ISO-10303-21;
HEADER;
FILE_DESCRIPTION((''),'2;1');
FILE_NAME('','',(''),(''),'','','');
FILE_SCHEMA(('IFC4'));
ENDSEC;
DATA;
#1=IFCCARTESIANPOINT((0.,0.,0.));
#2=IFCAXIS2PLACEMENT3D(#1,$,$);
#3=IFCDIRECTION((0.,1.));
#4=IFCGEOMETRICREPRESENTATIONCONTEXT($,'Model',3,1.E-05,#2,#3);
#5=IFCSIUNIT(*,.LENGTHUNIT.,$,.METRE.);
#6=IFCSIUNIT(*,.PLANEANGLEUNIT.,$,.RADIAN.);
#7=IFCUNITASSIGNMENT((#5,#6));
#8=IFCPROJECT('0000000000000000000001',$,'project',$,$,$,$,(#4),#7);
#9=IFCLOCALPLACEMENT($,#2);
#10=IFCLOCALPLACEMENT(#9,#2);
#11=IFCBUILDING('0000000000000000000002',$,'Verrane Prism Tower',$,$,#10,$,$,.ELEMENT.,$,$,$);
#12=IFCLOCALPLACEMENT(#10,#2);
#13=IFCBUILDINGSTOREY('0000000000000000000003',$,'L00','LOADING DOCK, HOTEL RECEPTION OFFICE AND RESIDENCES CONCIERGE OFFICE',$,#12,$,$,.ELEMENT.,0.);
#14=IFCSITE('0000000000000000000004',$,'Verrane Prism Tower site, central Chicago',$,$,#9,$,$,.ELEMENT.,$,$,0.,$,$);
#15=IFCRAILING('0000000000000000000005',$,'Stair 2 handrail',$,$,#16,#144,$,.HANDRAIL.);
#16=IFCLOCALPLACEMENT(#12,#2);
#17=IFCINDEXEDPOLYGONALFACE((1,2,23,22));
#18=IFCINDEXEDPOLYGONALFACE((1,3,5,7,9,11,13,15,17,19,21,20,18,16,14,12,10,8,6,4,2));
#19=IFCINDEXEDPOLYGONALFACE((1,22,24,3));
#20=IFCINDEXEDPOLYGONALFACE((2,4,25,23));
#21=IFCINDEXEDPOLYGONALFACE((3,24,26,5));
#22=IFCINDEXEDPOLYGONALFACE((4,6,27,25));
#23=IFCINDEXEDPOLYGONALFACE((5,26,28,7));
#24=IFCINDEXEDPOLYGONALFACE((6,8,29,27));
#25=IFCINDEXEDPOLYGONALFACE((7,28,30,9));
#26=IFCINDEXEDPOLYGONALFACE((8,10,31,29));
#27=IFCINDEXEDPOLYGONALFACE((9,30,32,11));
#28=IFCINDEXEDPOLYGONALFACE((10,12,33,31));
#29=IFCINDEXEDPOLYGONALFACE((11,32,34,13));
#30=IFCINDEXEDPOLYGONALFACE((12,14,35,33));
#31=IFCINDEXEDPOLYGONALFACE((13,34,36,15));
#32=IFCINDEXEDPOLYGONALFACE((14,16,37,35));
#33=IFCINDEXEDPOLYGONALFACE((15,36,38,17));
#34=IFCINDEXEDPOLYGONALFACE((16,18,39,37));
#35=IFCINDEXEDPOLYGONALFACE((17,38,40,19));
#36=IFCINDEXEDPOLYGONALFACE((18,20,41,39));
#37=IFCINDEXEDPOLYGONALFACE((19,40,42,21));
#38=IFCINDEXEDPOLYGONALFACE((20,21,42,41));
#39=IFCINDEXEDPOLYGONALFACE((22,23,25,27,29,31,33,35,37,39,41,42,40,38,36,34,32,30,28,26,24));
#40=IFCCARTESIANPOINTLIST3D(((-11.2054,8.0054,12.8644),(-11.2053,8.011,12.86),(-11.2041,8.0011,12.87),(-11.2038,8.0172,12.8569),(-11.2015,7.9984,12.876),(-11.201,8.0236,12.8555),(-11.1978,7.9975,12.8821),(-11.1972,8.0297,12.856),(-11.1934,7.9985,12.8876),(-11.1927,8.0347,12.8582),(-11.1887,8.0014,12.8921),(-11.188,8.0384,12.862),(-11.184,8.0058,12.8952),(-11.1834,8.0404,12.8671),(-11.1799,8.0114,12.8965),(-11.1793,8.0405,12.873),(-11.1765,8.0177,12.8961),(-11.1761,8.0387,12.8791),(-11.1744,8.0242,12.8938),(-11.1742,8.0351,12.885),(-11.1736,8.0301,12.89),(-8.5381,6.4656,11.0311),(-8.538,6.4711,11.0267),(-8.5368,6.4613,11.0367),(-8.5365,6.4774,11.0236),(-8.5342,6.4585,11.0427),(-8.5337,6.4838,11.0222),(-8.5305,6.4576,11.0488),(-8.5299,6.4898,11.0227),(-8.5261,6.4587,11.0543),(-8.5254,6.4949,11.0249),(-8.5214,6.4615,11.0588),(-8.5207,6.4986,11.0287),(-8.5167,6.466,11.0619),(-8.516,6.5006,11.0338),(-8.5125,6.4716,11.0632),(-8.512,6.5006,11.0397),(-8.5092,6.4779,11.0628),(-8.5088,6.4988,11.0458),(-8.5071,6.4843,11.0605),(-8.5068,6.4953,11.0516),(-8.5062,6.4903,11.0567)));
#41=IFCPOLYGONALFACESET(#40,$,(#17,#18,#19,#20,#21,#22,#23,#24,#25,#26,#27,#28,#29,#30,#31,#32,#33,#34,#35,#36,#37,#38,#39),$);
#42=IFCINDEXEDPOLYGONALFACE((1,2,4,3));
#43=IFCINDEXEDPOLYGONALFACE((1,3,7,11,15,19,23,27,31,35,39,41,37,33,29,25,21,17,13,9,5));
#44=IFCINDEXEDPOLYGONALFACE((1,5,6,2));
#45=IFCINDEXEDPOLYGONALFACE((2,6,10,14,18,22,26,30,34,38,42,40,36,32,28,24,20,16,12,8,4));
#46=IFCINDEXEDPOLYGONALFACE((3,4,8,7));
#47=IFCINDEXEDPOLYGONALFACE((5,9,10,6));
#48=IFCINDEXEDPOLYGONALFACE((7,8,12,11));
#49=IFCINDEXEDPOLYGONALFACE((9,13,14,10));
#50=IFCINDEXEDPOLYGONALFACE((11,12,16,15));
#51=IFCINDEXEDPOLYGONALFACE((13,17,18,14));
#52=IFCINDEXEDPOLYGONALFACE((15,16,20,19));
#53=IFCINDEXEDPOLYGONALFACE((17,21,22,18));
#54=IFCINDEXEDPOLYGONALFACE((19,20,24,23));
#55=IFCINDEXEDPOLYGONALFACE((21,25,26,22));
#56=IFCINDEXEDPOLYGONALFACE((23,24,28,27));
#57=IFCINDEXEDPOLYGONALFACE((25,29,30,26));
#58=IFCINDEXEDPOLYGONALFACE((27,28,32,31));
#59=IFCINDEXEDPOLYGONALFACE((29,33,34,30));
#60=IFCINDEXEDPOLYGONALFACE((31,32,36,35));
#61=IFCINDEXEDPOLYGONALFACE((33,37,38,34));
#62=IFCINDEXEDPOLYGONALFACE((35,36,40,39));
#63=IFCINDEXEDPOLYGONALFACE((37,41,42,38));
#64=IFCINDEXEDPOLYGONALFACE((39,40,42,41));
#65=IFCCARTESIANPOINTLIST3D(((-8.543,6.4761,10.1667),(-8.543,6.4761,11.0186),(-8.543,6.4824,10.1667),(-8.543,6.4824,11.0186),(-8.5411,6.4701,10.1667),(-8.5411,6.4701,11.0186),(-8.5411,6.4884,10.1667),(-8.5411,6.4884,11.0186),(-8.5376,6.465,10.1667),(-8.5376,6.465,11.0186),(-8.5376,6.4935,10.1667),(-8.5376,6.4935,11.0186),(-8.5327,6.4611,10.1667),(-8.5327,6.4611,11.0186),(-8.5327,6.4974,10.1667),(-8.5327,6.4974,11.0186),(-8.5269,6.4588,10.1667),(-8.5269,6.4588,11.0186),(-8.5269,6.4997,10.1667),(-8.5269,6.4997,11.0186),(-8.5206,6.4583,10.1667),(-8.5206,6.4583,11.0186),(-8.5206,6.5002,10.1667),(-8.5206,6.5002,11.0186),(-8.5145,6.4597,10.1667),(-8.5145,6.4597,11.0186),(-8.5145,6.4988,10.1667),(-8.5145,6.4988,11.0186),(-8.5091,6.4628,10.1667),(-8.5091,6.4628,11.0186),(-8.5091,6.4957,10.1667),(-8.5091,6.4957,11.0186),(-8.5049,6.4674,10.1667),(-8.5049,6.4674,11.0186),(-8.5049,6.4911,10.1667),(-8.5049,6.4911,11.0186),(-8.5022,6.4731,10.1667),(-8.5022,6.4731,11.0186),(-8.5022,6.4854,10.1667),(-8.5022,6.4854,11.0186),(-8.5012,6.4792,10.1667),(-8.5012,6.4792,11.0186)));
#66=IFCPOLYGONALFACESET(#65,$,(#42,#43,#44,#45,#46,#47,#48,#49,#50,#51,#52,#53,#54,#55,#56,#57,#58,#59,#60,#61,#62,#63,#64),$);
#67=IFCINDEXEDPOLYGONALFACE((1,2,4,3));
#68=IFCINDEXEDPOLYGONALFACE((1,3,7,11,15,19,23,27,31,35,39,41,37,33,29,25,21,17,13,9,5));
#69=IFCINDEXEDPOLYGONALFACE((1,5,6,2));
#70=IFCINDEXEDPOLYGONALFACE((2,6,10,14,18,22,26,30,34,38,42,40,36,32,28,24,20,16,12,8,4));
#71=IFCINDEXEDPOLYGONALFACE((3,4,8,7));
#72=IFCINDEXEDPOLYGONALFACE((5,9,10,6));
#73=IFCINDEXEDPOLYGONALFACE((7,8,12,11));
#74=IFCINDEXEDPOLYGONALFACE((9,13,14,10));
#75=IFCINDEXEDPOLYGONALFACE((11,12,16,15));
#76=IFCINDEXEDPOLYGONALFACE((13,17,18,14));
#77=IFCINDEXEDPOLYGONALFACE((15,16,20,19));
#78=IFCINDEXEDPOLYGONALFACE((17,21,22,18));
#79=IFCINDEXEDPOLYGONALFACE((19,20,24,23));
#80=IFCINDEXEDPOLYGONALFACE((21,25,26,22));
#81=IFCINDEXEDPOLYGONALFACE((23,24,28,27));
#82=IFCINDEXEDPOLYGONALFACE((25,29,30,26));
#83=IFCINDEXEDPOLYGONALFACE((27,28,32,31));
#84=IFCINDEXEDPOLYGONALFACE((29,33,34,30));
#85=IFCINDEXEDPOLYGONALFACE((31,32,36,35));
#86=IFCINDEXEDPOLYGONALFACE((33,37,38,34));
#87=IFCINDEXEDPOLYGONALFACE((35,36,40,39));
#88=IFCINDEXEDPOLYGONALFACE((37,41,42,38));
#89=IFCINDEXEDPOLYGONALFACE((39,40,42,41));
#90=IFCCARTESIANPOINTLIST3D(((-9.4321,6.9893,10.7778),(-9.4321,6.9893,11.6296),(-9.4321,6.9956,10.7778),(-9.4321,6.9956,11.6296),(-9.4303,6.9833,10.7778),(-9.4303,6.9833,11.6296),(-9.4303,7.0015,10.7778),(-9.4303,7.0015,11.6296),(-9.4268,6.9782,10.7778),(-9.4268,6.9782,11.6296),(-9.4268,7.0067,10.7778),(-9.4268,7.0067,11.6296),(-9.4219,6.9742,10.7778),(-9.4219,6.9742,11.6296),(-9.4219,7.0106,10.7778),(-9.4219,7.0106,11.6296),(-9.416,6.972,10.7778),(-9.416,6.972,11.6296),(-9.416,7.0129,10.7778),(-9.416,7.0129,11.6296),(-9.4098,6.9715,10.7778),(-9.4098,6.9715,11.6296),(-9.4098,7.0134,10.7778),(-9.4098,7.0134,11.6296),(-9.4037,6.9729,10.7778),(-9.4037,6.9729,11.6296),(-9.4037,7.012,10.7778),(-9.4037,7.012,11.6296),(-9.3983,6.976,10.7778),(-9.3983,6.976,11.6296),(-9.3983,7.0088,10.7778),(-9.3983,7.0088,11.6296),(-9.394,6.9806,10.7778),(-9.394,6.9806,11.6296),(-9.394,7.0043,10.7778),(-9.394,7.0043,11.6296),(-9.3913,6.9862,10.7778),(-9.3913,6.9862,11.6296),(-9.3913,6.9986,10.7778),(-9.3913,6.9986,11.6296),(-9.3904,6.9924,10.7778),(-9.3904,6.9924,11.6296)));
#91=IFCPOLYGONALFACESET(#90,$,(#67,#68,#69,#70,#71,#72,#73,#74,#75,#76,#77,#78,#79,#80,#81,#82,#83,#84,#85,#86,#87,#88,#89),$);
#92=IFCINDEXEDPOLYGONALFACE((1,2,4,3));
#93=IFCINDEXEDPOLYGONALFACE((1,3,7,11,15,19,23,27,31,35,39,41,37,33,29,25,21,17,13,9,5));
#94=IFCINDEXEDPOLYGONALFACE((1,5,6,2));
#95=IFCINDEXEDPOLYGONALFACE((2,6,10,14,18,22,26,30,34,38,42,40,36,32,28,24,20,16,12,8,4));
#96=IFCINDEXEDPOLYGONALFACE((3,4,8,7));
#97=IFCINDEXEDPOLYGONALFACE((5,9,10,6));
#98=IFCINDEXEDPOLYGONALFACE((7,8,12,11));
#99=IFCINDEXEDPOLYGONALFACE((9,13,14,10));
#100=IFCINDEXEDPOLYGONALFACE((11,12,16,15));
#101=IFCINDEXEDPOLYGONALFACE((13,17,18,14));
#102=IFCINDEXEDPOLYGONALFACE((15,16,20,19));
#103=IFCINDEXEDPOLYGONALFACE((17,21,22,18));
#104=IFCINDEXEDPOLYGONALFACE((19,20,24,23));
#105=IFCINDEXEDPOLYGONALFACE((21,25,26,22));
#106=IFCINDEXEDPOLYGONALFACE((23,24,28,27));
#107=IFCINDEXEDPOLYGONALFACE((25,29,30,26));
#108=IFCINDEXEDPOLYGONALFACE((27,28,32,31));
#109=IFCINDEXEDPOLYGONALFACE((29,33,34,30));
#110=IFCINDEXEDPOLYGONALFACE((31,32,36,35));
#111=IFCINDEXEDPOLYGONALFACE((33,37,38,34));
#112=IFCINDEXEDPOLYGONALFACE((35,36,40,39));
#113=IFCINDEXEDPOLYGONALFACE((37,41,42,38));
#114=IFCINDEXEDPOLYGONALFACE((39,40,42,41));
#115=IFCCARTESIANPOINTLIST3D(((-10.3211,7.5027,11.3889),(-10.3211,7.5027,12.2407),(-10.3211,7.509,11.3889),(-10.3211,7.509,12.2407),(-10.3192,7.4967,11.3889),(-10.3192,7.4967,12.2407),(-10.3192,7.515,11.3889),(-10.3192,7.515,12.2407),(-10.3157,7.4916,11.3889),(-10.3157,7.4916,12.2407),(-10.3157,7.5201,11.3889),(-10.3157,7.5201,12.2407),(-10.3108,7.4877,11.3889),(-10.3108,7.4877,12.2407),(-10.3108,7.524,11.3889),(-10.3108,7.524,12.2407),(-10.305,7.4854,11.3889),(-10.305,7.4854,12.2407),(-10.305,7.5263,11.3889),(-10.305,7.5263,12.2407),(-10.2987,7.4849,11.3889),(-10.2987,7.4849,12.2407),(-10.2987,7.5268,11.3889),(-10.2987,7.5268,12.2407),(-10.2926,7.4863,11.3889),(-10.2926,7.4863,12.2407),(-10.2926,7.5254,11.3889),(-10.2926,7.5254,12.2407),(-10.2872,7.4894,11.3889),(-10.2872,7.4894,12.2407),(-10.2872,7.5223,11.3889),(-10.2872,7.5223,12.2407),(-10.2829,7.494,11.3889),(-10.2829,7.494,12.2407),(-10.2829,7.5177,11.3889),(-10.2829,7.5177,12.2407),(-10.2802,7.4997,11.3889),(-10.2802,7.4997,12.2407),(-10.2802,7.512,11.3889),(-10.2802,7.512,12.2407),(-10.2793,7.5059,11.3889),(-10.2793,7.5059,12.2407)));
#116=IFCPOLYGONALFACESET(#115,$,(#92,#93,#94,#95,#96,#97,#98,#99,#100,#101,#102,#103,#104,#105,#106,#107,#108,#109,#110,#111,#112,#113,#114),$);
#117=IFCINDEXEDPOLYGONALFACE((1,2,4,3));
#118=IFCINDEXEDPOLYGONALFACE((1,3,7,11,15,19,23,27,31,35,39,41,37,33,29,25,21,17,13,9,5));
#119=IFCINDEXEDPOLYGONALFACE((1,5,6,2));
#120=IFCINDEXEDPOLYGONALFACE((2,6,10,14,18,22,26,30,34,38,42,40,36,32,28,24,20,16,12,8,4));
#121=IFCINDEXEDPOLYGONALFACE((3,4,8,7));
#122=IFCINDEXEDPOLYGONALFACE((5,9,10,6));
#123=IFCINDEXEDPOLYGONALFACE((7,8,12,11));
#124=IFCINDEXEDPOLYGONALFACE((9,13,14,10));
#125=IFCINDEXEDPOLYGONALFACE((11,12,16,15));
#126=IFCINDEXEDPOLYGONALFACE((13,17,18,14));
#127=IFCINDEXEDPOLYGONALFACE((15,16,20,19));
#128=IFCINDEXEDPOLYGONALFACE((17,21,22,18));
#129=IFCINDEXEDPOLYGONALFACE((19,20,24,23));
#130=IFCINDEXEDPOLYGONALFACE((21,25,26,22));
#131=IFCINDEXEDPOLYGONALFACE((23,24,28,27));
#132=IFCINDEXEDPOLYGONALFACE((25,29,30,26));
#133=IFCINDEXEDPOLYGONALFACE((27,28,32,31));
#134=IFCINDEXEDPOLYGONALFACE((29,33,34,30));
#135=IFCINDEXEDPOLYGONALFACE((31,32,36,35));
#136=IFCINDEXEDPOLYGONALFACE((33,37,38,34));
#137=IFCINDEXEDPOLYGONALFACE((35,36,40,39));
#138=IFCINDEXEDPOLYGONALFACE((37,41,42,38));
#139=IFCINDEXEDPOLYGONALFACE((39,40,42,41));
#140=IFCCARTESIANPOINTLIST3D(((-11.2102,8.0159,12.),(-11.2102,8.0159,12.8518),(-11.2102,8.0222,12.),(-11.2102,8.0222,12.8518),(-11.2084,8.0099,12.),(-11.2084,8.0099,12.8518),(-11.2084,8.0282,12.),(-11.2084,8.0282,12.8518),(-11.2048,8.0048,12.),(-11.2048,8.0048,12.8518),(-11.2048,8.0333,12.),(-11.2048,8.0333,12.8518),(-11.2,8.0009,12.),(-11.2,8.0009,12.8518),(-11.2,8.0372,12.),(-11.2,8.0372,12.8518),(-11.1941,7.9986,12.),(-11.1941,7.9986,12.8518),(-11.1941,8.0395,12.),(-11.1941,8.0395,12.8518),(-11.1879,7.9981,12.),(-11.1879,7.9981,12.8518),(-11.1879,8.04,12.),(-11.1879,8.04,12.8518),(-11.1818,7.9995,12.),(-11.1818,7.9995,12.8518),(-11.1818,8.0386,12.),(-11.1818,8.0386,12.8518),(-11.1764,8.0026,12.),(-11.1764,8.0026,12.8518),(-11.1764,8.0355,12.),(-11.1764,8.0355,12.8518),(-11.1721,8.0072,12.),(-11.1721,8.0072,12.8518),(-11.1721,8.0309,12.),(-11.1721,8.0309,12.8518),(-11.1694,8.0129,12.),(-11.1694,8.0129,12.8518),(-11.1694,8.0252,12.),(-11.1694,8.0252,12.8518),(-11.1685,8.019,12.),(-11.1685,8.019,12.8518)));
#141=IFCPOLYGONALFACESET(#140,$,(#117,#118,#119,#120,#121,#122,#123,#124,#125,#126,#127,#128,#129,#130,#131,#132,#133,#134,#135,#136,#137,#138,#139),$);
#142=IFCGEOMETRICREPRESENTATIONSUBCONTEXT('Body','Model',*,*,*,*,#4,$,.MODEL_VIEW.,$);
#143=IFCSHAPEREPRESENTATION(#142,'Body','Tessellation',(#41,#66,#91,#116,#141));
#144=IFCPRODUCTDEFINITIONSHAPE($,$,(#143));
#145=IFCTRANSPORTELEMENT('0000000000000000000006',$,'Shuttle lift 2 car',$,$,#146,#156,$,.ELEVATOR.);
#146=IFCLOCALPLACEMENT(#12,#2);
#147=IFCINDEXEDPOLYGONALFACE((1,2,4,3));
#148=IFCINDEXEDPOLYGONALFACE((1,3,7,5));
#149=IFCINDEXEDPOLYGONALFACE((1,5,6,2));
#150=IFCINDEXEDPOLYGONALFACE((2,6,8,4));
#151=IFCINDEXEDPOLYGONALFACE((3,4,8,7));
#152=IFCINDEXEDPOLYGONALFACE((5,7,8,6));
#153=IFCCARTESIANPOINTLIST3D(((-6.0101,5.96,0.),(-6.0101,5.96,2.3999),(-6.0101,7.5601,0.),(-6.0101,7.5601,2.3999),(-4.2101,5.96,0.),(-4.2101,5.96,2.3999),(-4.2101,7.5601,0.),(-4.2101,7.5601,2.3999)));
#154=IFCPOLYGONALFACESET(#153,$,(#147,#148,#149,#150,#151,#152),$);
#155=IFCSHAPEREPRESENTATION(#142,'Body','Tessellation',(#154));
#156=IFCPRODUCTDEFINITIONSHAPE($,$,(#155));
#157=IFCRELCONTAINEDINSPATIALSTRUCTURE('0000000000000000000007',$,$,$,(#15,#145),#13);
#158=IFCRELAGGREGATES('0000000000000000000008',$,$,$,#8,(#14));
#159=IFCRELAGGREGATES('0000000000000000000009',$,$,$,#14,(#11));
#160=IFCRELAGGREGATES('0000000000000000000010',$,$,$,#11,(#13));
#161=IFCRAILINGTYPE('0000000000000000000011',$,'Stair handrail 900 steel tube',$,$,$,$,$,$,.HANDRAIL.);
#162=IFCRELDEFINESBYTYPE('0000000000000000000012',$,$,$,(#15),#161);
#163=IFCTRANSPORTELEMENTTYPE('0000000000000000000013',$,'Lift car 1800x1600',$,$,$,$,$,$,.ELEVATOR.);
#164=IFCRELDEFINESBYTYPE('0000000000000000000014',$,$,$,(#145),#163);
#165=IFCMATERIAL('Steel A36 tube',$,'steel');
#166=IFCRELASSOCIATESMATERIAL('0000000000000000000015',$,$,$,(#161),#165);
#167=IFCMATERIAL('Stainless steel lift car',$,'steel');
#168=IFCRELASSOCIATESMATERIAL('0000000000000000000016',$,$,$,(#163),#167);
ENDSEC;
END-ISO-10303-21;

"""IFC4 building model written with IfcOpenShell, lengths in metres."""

from ifc_helpers import new_model, si_unit, direction, frame, origin, origin_2d, place, context, subcontext, project, spatial, rectangle, circle, extrude, material, type_object, element, save


model = new_model("IFC4")

# Units and contexts
model_context = context("Model", 3, precision=1e-05, world=origin(), true_north=direction((0.0, 1.0)))
body_context = subcontext(model_context, "Body", "Model", "MODEL_VIEW")
ifc_project = project(units=[si_unit("LENGTHUNIT", "METRE"), si_unit("PLANEANGLEUNIT", "RADIAN")], contexts=[model_context])

# Site, building, storey
site_placement = place(None, origin())
site = spatial("IfcSite", under=ifc_project, at=site_placement, Name="Verrane Prism Tower site, central Chicago", CompositionType="ELEMENT", RefElevation=0.0)
building_placement = place(site_placement, origin())
building = spatial("IfcBuilding", under=site, at=building_placement, Name="Verrane Prism Tower", CompositionType="ELEMENT")
storey_placement = place(building_placement, origin())
storey = spatial("IfcBuildingStorey", under=building, at=storey_placement, Name="L00", Description="LOADING DOCK, HOTEL RECEPTION OFFICE AND RESIDENCES CONCIERGE OFFICE", CompositionType="ELEMENT", Elevation=0.0)

# Railing
ifc_material_1 = material(Name="Steel A36 tube", Category="steel")
railing_type = type_object("IfcRailingType", Name="Stair handrail 900 steel tube", PredefinedType="HANDRAIL", material=ifc_material_1)
for number, where, name in (
    (1, (-8.5222, 6.4792, 10.1667), "Stair 2 handrail"),
):
    element("IfcRailing", number, at=place(storey_placement, frame(where)), inside=storey, type_object=railing_type, Name=name, PredefinedType="HANDRAIL", context=body_context, shape_type="SweptSolid", body=[
        extrude(circle(Radius=0.0239, at=origin_2d()), frame((0.0, 0.0, 0.876), z_axis=(-0.744181, 0.429616, 0.511493), x_axis=(-0.499967, -0.866044, 0.0)), (0.0, 0.0, 1.0), 3.5842),
        extrude(circle(Radius=0.021, at=origin_2d()), origin(), (0.0, 0.0, 1.0), 0.8518),
        extrude(circle(Radius=0.021, at=origin_2d()), frame((-0.8892, 0.5132, 0.6111)), (0.0, 0.0, 1.0), 0.8518),
        extrude(circle(Radius=0.021, at=origin_2d()), frame((-1.7781, 1.0266, 1.2222)), (0.0, 0.0, 1.0), 0.8518),
        extrude(circle(Radius=0.021, at=origin_2d()), frame((-2.6672, 1.5398, 1.8333)), (0.0, 0.0, 1.0), 0.8518),
    ])

# Transport element
ifc_material_2 = material(Name="Stainless steel lift car", Category="steel")
transport_element_type = type_object("IfcTransportElementType", Name="Lift car 1800x1600", PredefinedType="ELEVATOR", material=ifc_material_2)
transport_element_placement = place(storey_placement, frame((-5.1101, 6.76, 0.0), z_axis=(0.0, 0.0, 1.0), x_axis=(-1.0, 0.0, 0.0)))
element("IfcTransportElement", 2, at=transport_element_placement, inside=storey, type_object=transport_element_type, Name="Shuttle lift 2 car", PredefinedType="ELEVATOR", context=body_context, shape_type="SweptSolid", body=[
    extrude(rectangle(XDim=1.8, YDim=1.6001, at=origin_2d()), origin(), (0.0, 0.0, 1.0), 2.3999),
])

save(model, "model.ifc")
